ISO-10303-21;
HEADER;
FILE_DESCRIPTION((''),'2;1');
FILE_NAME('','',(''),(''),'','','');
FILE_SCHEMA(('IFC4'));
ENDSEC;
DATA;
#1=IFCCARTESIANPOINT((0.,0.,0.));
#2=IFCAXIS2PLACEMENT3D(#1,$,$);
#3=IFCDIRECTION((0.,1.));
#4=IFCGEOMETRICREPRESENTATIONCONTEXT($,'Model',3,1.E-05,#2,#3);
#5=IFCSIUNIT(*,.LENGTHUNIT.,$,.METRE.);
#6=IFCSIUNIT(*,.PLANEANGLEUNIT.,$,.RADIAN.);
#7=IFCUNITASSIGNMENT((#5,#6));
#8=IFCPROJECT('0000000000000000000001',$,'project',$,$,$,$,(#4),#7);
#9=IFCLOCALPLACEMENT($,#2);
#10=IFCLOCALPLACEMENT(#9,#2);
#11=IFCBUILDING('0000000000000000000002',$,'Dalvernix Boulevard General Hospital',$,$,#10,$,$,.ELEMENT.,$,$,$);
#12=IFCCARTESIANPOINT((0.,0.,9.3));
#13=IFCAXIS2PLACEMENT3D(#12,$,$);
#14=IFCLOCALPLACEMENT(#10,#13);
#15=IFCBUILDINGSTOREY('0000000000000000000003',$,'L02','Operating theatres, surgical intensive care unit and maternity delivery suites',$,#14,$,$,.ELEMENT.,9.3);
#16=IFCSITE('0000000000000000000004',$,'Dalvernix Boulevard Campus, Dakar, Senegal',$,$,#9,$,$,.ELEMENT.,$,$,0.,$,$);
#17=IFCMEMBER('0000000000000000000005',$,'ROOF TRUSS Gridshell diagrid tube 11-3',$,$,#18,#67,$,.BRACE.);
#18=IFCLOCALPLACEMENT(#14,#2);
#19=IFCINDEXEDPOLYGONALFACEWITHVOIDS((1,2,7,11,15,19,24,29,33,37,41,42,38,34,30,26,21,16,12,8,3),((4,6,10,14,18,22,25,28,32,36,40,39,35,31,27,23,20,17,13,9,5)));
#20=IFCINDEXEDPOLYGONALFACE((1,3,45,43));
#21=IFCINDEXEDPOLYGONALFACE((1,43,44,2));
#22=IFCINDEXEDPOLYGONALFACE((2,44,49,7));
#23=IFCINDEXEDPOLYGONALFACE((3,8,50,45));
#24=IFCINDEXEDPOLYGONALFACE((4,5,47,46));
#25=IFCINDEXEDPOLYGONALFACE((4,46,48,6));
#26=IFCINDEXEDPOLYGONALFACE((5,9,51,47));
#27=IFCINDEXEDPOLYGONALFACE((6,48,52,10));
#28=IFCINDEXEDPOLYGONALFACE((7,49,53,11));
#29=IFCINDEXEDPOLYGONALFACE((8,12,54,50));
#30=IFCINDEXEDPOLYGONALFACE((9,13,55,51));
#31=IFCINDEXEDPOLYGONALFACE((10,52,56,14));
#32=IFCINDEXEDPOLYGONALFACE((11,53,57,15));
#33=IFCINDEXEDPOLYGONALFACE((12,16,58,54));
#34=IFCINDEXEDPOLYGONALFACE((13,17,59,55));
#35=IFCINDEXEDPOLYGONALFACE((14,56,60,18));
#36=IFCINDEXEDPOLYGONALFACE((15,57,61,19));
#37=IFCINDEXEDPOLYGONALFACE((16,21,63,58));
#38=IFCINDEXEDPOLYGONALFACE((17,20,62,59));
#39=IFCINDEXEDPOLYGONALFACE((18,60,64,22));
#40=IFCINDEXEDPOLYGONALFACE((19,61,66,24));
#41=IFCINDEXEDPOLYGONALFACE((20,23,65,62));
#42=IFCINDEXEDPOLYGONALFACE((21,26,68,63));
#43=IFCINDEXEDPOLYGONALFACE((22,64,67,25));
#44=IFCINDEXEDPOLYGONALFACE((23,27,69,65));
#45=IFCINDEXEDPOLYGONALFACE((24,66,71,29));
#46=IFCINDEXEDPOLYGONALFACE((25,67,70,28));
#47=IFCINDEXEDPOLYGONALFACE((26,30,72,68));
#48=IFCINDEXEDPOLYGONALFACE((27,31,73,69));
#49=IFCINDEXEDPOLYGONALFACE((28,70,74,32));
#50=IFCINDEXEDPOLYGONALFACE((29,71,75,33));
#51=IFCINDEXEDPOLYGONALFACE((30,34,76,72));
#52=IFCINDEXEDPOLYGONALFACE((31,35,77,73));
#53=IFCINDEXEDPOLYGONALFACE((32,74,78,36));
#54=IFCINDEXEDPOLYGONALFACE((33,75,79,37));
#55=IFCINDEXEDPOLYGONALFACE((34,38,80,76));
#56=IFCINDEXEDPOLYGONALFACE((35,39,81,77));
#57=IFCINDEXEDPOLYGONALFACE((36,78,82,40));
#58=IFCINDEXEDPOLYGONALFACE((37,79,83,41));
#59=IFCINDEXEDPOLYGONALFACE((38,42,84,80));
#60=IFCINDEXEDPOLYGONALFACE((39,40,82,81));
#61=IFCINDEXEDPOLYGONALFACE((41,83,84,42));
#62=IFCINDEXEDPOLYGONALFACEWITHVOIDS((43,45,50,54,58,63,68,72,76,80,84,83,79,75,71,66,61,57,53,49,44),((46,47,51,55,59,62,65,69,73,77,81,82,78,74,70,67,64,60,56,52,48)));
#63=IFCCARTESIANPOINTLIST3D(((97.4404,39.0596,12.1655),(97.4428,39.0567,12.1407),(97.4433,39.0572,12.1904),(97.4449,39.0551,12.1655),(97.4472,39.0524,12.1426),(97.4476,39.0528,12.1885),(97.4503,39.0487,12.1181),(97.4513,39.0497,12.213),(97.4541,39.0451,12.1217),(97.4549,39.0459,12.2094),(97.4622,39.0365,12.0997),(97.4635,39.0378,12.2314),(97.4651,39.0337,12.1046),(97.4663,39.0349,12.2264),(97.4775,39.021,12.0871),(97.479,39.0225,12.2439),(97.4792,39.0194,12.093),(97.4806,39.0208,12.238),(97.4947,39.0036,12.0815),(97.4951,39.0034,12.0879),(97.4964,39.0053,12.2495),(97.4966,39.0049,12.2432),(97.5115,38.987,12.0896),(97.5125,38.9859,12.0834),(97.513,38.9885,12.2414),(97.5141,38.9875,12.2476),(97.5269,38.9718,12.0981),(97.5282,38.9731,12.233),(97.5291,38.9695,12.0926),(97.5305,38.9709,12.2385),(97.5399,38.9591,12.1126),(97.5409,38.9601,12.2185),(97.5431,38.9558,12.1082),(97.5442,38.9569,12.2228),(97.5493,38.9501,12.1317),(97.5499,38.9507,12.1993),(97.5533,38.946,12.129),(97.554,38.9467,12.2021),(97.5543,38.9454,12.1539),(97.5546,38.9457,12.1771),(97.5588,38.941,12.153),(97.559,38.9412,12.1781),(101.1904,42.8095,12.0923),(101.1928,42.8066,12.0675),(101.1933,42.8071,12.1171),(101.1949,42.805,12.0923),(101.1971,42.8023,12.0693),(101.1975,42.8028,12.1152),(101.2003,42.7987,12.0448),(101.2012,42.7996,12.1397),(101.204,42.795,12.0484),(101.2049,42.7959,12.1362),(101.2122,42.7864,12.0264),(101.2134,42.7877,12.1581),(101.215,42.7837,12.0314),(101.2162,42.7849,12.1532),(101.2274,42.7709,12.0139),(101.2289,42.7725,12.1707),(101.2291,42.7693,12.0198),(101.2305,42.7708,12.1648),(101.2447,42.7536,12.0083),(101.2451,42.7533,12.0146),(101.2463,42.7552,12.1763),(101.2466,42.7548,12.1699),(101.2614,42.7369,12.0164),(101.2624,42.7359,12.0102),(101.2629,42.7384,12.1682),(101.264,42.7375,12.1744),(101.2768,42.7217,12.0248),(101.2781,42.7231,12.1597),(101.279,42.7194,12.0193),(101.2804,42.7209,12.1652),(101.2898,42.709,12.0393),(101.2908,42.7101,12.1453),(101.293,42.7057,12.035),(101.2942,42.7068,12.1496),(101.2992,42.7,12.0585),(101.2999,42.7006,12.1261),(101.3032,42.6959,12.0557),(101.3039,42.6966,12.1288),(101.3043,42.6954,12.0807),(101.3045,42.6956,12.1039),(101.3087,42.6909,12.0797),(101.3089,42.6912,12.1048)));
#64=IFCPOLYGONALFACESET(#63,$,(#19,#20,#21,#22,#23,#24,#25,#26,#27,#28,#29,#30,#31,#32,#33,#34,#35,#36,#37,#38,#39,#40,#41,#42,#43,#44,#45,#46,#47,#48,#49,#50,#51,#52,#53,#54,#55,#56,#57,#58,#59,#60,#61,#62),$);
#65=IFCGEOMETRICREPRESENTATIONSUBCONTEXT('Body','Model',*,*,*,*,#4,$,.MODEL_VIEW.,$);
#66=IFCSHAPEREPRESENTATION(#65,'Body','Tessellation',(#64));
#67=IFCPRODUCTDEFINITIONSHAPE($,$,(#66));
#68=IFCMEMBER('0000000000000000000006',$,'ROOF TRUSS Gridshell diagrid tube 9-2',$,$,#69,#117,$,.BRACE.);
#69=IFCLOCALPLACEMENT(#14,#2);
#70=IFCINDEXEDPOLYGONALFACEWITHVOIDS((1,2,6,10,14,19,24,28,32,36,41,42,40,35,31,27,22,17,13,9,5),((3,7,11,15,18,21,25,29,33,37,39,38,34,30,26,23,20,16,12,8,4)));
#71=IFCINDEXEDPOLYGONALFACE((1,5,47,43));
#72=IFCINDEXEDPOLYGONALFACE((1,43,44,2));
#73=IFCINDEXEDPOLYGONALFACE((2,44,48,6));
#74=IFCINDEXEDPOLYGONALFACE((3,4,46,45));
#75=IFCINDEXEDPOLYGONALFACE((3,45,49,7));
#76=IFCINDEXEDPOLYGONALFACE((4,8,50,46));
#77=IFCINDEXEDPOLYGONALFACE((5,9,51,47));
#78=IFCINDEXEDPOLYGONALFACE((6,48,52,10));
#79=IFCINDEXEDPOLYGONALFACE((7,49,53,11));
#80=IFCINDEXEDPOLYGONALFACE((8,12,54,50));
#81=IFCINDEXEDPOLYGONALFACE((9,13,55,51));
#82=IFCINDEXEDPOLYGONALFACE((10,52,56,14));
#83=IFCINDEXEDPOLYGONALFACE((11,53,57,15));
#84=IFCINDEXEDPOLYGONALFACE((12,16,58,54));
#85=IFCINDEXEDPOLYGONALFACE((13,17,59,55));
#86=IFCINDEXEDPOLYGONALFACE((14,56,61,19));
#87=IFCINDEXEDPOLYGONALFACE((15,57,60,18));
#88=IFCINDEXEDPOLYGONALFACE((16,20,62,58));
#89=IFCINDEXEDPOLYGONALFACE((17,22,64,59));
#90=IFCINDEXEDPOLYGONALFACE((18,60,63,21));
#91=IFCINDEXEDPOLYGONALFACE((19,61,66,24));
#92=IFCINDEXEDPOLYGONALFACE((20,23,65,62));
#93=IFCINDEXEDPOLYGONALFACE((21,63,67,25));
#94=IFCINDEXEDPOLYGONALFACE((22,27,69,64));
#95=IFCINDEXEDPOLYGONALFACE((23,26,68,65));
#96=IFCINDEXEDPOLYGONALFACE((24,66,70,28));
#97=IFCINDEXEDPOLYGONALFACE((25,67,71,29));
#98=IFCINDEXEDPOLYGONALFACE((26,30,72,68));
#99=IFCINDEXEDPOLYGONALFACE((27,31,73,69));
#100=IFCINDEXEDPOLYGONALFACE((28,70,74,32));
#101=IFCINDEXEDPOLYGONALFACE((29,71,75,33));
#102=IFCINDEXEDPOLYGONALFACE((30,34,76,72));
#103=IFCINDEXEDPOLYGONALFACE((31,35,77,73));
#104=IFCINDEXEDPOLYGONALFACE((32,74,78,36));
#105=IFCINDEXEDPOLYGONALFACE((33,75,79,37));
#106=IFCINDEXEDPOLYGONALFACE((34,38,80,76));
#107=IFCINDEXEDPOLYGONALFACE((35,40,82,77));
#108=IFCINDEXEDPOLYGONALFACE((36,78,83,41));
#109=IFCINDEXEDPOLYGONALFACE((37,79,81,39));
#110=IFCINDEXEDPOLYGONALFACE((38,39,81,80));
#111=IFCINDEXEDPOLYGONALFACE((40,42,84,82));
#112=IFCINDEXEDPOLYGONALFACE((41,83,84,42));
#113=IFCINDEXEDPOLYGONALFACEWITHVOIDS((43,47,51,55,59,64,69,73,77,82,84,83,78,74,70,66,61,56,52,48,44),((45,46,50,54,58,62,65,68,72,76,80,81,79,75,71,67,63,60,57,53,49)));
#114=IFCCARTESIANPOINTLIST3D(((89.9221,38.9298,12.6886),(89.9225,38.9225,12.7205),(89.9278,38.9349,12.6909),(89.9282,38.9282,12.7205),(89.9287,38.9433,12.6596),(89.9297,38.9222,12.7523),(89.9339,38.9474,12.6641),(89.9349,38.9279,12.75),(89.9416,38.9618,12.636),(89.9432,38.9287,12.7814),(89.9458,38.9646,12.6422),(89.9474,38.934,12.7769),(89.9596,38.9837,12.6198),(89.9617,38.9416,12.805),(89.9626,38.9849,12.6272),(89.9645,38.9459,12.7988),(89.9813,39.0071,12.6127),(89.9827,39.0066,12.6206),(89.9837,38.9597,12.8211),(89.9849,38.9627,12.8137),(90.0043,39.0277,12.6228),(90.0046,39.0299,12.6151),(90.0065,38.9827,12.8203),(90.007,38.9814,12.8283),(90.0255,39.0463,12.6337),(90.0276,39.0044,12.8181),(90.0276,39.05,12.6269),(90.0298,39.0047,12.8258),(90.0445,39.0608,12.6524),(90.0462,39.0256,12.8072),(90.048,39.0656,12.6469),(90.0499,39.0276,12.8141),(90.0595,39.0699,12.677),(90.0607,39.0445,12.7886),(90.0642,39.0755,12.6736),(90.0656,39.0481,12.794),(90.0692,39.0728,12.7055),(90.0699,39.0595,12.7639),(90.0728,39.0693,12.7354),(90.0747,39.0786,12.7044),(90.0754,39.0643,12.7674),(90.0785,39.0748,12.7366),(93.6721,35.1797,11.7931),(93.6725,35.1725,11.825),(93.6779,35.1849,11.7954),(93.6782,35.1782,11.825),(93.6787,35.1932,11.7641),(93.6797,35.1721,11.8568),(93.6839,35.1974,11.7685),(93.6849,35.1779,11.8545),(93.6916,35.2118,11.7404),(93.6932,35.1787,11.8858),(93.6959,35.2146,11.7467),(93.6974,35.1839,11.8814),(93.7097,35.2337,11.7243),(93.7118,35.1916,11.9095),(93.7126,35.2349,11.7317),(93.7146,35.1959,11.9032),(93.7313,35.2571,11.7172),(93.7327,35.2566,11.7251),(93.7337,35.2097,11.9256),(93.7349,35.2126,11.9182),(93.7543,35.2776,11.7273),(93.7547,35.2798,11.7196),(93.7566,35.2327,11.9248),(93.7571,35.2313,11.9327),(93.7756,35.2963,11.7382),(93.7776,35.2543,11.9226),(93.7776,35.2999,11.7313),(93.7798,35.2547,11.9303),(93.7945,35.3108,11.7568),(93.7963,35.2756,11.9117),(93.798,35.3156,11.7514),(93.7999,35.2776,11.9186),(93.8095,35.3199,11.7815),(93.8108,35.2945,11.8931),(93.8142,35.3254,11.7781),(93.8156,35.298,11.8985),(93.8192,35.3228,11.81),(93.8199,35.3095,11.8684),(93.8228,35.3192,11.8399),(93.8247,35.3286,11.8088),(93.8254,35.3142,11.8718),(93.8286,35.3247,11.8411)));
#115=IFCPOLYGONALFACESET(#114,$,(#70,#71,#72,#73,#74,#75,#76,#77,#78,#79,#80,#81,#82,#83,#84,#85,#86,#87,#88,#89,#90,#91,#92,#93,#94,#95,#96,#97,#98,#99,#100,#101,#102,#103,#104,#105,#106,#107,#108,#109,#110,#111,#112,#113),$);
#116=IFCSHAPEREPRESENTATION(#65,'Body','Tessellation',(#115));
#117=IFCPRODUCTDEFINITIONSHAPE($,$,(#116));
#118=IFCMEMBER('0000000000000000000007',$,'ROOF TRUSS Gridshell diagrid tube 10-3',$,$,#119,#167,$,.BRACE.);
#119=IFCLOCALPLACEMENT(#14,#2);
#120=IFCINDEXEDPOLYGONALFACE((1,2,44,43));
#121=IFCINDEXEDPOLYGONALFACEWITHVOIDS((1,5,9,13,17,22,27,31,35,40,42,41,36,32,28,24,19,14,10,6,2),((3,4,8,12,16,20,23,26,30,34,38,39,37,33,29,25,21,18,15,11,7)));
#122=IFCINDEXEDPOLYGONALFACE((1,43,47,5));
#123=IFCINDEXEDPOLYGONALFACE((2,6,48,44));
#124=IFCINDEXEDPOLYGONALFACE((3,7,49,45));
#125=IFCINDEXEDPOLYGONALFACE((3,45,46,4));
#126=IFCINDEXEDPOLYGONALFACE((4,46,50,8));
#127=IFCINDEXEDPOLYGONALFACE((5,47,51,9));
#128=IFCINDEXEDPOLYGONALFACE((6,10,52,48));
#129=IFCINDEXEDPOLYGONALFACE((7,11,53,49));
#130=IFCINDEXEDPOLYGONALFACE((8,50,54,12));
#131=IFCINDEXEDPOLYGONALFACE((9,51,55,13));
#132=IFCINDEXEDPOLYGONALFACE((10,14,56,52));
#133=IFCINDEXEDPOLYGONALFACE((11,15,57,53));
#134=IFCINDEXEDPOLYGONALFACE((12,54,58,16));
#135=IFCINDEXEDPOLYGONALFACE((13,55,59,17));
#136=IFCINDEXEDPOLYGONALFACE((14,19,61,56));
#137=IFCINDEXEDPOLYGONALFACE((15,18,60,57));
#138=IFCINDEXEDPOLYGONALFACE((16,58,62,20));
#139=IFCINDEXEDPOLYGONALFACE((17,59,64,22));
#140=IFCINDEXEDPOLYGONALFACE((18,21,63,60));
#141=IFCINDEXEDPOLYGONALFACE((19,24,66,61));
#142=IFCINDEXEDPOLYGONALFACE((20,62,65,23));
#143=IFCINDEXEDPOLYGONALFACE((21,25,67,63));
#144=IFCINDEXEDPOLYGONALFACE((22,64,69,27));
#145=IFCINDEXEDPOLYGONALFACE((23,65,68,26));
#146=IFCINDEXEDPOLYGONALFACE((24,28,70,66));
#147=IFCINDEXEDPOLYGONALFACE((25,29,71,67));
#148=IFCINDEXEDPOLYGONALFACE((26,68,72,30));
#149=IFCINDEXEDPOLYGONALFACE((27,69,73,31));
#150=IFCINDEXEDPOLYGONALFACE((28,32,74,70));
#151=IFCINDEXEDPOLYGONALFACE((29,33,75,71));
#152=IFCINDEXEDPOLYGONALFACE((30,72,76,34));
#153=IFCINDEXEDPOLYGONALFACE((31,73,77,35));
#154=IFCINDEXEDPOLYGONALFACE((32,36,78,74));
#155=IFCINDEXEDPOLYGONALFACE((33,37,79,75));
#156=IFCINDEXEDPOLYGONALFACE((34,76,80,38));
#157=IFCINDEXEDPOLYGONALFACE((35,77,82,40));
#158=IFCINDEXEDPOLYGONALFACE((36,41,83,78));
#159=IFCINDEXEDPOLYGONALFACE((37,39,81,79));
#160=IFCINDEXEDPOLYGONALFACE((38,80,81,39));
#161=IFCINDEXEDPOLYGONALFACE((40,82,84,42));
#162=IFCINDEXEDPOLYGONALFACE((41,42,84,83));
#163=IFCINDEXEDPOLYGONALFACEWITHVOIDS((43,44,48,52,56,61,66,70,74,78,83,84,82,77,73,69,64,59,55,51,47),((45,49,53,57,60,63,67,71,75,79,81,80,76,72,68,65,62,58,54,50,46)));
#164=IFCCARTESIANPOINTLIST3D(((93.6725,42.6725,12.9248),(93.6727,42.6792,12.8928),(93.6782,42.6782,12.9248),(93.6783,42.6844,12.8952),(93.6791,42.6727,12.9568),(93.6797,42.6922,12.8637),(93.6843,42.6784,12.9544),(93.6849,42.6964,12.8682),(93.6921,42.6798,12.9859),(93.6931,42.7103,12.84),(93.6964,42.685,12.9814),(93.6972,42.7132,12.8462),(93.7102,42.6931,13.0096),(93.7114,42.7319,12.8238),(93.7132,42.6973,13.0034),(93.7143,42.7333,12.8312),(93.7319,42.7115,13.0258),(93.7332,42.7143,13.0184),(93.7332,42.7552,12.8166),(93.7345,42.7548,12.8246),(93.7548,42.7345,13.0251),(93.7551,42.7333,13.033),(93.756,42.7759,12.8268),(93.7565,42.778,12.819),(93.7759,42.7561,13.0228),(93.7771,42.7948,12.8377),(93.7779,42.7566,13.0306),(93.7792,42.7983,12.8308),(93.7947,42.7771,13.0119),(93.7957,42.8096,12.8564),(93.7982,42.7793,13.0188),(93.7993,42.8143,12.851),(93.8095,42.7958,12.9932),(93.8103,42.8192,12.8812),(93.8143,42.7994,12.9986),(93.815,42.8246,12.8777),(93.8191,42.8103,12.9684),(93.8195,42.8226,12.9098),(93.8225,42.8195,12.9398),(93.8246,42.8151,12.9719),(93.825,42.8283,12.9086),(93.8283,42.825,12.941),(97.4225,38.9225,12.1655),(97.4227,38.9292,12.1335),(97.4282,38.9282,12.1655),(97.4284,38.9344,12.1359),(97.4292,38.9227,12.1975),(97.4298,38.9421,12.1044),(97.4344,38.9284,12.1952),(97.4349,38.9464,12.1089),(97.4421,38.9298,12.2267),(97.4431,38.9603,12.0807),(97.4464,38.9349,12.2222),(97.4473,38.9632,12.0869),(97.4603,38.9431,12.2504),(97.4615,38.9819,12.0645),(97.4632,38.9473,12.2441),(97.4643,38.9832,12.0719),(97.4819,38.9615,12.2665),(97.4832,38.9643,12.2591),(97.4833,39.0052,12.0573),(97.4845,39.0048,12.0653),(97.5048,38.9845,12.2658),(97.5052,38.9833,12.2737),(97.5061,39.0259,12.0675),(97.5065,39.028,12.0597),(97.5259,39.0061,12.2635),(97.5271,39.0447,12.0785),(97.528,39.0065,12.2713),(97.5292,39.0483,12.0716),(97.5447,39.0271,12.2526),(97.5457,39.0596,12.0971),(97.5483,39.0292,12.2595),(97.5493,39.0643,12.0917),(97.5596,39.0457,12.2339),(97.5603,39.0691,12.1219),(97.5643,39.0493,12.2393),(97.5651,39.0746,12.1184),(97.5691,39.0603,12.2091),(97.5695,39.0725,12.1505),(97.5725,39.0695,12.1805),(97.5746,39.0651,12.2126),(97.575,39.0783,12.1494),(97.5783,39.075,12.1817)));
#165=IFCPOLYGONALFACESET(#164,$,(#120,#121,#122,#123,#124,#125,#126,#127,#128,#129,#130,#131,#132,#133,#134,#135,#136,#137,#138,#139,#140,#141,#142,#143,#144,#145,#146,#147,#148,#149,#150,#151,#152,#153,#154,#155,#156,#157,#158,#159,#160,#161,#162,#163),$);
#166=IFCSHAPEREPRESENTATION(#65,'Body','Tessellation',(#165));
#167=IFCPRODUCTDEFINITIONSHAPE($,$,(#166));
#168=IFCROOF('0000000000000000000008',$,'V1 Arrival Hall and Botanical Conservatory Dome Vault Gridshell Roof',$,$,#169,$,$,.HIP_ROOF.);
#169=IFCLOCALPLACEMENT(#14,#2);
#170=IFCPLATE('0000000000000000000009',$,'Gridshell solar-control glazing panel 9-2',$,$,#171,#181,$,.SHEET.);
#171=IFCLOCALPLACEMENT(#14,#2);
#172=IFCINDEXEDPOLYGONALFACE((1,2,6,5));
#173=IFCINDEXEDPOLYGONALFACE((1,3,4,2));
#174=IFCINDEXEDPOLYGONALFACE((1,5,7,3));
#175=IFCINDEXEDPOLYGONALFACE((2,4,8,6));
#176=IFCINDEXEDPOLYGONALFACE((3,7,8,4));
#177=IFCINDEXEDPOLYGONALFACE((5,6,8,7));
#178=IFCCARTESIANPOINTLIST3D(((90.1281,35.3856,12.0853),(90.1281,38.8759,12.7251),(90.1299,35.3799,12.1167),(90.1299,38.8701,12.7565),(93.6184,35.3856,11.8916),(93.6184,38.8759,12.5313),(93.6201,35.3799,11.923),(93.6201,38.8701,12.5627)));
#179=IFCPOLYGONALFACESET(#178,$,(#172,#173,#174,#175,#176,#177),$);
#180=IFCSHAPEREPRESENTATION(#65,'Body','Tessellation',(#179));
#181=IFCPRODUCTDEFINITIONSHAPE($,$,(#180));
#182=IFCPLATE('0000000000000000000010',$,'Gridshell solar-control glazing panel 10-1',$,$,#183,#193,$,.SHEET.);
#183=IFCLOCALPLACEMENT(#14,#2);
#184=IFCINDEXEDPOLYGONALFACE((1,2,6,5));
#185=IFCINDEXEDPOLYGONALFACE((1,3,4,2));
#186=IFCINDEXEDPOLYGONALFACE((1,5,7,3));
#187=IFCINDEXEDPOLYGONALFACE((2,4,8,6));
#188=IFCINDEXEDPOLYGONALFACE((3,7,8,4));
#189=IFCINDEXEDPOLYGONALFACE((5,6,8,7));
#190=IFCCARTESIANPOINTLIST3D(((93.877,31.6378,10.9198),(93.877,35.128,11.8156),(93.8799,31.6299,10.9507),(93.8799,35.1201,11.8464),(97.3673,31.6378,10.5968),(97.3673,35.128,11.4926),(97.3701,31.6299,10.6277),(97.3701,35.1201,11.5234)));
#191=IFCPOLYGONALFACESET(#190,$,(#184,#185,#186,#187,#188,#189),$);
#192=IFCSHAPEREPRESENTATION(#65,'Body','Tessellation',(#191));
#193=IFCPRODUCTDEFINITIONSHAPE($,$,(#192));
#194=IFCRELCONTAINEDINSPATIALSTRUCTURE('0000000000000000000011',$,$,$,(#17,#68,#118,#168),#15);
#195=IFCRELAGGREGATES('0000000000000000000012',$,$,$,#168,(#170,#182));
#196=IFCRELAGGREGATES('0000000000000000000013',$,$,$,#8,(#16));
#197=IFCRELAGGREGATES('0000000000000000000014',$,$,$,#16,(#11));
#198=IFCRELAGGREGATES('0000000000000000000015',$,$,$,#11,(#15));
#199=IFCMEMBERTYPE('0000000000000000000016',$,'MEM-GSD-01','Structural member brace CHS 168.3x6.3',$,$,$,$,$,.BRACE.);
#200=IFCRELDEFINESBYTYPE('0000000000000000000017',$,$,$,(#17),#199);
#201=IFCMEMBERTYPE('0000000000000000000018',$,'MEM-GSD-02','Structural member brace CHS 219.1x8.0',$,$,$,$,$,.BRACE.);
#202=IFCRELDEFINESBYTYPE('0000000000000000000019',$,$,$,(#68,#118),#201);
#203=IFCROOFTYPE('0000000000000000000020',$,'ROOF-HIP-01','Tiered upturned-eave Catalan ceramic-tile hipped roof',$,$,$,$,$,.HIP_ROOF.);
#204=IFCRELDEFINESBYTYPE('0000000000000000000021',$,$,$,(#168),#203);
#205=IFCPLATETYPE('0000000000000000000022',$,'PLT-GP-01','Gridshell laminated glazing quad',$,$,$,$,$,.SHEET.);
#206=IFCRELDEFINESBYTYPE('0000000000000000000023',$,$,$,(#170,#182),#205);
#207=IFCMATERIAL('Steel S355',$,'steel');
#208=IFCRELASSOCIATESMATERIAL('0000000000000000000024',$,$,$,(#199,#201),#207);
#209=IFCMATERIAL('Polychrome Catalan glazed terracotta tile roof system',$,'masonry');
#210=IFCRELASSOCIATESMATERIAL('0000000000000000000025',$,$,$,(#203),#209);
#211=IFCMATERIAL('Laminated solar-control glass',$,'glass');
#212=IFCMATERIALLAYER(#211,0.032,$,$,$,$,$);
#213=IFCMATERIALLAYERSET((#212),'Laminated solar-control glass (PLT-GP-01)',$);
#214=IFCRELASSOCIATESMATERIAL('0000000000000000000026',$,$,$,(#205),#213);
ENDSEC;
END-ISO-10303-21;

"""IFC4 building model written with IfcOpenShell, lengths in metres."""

from ifc_helpers import new_model, si_unit, direction, frame, origin, origin_2d, place, context, subcontext, project, spatial, polyline, hollow_circle, outline, extrude, material, layer, layer_set, material_profile, profile_set, type_object, element, aggregate, save


model = new_model("IFC4")

# Units and contexts
model_context = context("Model", 3, precision=1e-05, world=origin(), true_north=direction((0.0, 1.0)))
body_context = subcontext(model_context, "Body", "Model", "MODEL_VIEW")
ifc_project = project(units=[si_unit("LENGTHUNIT", "METRE"), si_unit("PLANEANGLEUNIT", "RADIAN")], contexts=[model_context])

# Site, building, storey
site_placement = place(None, origin())
site = spatial("IfcSite", under=ifc_project, at=site_placement, Name="Dalvernix Boulevard Campus, Dakar, Senegal", CompositionType="ELEMENT", RefElevation=0.0)
building_placement = place(site_placement, origin())
building = spatial("IfcBuilding", under=site, at=building_placement, Name="Dalvernix Boulevard General Hospital", CompositionType="ELEMENT")
storey_placement = place(building_placement, frame((0.0, 0.0, 9.3)))
storey = spatial("IfcBuildingStorey", under=building, at=storey_placement, Name="L02", Description="Operating theatres, surgical intensive care unit and maternity delivery suites", CompositionType="ELEMENT", Elevation=9.3)

# Shared definitions
ifc_material_1 = material(Name="Steel S355", Category="steel")

# Members
ifc_material_profile_1 = material_profile(ifc_material_1, hollow_circle(Radius=0.0842, WallThickness=0.0063, at=origin_2d()), Name="CHS 168.3x6.3")
ifc_profile_set_1 = profile_set([ifc_material_profile_1], Name="Steel S355")
member_type_1 = type_object("IfcMemberType", Name="MEM-GSD-01", Description="Structural member brace CHS 168.3x6.3", PredefinedType="BRACE", material=ifc_profile_set_1)
member_1_placement = place(storey_placement, frame((97.5, 39.0, 12.1655), z_axis=(0.707039, 0.707039, -0.013809), x_axis=(-0.707107, 0.707107, 0.0)))
element("IfcMember", 1, at=member_1_placement, inside=storey, type_object=member_type_1, Name="ROOF TRUSS Gridshell diagrid tube 11-3", PredefinedType="BRACE", context=body_context, shape_type="SweptSolid", body=[
    extrude(hollow_circle(Radius=0.0842, WallThickness=0.0063, at=origin_2d()), origin(), (0.0, 0.0, 1.0), 5.3037),
])
ifc_material_profile_2 = material_profile(ifc_material_1, hollow_circle(Radius=0.1096, WallThickness=0.0081, at=origin_2d()), Name="CHS 219.1x8.0")
ifc_profile_set_2 = profile_set([ifc_material_profile_2], Name="Steel S355")
member_type_2 = type_object("IfcMemberType", Name="MEM-GSD-02", Description="Structural member brace CHS 219.1x8.0", PredefinedType="BRACE", material=ifc_profile_set_2)
member_2_placement = place(storey_placement, frame((93.75, 35.25, 11.825), z_axis=(-0.697236, 0.697236, 0.166502), x_axis=(-0.707107, -0.707107, 0.0)))
element("IfcMember", 2, at=member_2_placement, inside=storey, type_object=member_type_2, Name="ROOF TRUSS Gridshell diagrid tube 9-2", PredefinedType="BRACE", context=body_context, shape_type="SweptSolid", body=[
    extrude(hollow_circle(Radius=0.1096, WallThickness=0.0081, at=origin_2d()), origin(), (0.0, 0.0, 1.0), 5.3784),
])
member_3_placement = place(storey_placement, frame((97.5, 39.0, 12.1655), z_axis=(-0.699969, 0.699969, 0.141726), x_axis=(-0.707107, -0.707107, 0.0)))
element("IfcMember", 3, at=member_3_placement, inside=storey, type_object=member_type_2, Name="ROOF TRUSS Gridshell diagrid tube 10-3", PredefinedType="BRACE", context=body_context, shape_type="SweptSolid", body=[
    extrude(hollow_circle(Radius=0.1096, WallThickness=0.0081, at=origin_2d()), origin(), (0.0, 0.0, 1.0), 5.3574),
])

# Roof, plates
ifc_material_2 = material(Name="Polychrome Catalan glazed terracotta tile roof system", Category="masonry")
roof_type = type_object("IfcRoofType", Name="ROOF-HIP-01", Description="Tiered upturned-eave Catalan ceramic-tile hipped roof", PredefinedType="HIP_ROOF", material=ifc_material_2)
roof_placement = place(storey_placement, origin())
roof = element("IfcRoof", 4, at=roof_placement, inside=storey, type_object=roof_type, Name="V1 Arrival Hall and Botanical Conservatory Dome Vault Gridshell Roof", PredefinedType="HIP_ROOF")
ifc_material_3 = material(Name="Laminated solar-control glass", Category="glass")
ifc_layer_1 = layer(ifc_material_3, 0.032)
ifc_layer_set_1 = layer_set([ifc_layer_1], Name="Laminated solar-control glass (PLT-GP-01)")
plate_type_1 = type_object("IfcPlateType", Name="PLT-GP-01", Description="Gridshell laminated glazing quad", PredefinedType="SHEET", material=ifc_layer_set_1)
plate_1_placement = place(storey_placement, frame((90.1299, 35.3799, 12.1167), z_axis=(0.054514, -0.180031, 0.982149), x_axis=(0.998463, -0.000006, -0.055421)))
plate_1 = element("IfcPlate", 5, at=plate_1_placement, type_object=plate_type_1, Name="Gridshell solar-control glazing panel 9-2", PredefinedType="SHEET", context=body_context, shape_type="SweptSolid", body=[
    extrude(outline(polyline([(0.0, 0.0), (3.4956, 0.0), (3.4601, 3.5482), (-0.0355, 3.5482), (0.0, 0.0)])), origin(), (0.0, 0.0, -1.0), 0.032),
])
plate_2_placement = place(storey_placement, frame((93.8799, 31.6299, 10.9507), z_axis=(0.08928, -0.247596, 0.964741), x_axis=(0.995745, 0.0, -0.09215)))
plate_2 = element("IfcPlate", 6, at=plate_2_placement, type_object=plate_type_1, Name="Gridshell solar-control glazing panel 10-1", PredefinedType="SHEET", context=body_context, shape_type="SweptSolid", body=[
    extrude(outline(polyline([(0.0, 0.0), (3.5051, 0.0), (3.4226, 3.6024), (-0.0825, 3.6024), (0.0, 0.0)])), origin(), (0.0, 0.0, -1.0), 0.032),
])
aggregate(roof, [plate_1, plate_2])

save(model, "model.ifc")
